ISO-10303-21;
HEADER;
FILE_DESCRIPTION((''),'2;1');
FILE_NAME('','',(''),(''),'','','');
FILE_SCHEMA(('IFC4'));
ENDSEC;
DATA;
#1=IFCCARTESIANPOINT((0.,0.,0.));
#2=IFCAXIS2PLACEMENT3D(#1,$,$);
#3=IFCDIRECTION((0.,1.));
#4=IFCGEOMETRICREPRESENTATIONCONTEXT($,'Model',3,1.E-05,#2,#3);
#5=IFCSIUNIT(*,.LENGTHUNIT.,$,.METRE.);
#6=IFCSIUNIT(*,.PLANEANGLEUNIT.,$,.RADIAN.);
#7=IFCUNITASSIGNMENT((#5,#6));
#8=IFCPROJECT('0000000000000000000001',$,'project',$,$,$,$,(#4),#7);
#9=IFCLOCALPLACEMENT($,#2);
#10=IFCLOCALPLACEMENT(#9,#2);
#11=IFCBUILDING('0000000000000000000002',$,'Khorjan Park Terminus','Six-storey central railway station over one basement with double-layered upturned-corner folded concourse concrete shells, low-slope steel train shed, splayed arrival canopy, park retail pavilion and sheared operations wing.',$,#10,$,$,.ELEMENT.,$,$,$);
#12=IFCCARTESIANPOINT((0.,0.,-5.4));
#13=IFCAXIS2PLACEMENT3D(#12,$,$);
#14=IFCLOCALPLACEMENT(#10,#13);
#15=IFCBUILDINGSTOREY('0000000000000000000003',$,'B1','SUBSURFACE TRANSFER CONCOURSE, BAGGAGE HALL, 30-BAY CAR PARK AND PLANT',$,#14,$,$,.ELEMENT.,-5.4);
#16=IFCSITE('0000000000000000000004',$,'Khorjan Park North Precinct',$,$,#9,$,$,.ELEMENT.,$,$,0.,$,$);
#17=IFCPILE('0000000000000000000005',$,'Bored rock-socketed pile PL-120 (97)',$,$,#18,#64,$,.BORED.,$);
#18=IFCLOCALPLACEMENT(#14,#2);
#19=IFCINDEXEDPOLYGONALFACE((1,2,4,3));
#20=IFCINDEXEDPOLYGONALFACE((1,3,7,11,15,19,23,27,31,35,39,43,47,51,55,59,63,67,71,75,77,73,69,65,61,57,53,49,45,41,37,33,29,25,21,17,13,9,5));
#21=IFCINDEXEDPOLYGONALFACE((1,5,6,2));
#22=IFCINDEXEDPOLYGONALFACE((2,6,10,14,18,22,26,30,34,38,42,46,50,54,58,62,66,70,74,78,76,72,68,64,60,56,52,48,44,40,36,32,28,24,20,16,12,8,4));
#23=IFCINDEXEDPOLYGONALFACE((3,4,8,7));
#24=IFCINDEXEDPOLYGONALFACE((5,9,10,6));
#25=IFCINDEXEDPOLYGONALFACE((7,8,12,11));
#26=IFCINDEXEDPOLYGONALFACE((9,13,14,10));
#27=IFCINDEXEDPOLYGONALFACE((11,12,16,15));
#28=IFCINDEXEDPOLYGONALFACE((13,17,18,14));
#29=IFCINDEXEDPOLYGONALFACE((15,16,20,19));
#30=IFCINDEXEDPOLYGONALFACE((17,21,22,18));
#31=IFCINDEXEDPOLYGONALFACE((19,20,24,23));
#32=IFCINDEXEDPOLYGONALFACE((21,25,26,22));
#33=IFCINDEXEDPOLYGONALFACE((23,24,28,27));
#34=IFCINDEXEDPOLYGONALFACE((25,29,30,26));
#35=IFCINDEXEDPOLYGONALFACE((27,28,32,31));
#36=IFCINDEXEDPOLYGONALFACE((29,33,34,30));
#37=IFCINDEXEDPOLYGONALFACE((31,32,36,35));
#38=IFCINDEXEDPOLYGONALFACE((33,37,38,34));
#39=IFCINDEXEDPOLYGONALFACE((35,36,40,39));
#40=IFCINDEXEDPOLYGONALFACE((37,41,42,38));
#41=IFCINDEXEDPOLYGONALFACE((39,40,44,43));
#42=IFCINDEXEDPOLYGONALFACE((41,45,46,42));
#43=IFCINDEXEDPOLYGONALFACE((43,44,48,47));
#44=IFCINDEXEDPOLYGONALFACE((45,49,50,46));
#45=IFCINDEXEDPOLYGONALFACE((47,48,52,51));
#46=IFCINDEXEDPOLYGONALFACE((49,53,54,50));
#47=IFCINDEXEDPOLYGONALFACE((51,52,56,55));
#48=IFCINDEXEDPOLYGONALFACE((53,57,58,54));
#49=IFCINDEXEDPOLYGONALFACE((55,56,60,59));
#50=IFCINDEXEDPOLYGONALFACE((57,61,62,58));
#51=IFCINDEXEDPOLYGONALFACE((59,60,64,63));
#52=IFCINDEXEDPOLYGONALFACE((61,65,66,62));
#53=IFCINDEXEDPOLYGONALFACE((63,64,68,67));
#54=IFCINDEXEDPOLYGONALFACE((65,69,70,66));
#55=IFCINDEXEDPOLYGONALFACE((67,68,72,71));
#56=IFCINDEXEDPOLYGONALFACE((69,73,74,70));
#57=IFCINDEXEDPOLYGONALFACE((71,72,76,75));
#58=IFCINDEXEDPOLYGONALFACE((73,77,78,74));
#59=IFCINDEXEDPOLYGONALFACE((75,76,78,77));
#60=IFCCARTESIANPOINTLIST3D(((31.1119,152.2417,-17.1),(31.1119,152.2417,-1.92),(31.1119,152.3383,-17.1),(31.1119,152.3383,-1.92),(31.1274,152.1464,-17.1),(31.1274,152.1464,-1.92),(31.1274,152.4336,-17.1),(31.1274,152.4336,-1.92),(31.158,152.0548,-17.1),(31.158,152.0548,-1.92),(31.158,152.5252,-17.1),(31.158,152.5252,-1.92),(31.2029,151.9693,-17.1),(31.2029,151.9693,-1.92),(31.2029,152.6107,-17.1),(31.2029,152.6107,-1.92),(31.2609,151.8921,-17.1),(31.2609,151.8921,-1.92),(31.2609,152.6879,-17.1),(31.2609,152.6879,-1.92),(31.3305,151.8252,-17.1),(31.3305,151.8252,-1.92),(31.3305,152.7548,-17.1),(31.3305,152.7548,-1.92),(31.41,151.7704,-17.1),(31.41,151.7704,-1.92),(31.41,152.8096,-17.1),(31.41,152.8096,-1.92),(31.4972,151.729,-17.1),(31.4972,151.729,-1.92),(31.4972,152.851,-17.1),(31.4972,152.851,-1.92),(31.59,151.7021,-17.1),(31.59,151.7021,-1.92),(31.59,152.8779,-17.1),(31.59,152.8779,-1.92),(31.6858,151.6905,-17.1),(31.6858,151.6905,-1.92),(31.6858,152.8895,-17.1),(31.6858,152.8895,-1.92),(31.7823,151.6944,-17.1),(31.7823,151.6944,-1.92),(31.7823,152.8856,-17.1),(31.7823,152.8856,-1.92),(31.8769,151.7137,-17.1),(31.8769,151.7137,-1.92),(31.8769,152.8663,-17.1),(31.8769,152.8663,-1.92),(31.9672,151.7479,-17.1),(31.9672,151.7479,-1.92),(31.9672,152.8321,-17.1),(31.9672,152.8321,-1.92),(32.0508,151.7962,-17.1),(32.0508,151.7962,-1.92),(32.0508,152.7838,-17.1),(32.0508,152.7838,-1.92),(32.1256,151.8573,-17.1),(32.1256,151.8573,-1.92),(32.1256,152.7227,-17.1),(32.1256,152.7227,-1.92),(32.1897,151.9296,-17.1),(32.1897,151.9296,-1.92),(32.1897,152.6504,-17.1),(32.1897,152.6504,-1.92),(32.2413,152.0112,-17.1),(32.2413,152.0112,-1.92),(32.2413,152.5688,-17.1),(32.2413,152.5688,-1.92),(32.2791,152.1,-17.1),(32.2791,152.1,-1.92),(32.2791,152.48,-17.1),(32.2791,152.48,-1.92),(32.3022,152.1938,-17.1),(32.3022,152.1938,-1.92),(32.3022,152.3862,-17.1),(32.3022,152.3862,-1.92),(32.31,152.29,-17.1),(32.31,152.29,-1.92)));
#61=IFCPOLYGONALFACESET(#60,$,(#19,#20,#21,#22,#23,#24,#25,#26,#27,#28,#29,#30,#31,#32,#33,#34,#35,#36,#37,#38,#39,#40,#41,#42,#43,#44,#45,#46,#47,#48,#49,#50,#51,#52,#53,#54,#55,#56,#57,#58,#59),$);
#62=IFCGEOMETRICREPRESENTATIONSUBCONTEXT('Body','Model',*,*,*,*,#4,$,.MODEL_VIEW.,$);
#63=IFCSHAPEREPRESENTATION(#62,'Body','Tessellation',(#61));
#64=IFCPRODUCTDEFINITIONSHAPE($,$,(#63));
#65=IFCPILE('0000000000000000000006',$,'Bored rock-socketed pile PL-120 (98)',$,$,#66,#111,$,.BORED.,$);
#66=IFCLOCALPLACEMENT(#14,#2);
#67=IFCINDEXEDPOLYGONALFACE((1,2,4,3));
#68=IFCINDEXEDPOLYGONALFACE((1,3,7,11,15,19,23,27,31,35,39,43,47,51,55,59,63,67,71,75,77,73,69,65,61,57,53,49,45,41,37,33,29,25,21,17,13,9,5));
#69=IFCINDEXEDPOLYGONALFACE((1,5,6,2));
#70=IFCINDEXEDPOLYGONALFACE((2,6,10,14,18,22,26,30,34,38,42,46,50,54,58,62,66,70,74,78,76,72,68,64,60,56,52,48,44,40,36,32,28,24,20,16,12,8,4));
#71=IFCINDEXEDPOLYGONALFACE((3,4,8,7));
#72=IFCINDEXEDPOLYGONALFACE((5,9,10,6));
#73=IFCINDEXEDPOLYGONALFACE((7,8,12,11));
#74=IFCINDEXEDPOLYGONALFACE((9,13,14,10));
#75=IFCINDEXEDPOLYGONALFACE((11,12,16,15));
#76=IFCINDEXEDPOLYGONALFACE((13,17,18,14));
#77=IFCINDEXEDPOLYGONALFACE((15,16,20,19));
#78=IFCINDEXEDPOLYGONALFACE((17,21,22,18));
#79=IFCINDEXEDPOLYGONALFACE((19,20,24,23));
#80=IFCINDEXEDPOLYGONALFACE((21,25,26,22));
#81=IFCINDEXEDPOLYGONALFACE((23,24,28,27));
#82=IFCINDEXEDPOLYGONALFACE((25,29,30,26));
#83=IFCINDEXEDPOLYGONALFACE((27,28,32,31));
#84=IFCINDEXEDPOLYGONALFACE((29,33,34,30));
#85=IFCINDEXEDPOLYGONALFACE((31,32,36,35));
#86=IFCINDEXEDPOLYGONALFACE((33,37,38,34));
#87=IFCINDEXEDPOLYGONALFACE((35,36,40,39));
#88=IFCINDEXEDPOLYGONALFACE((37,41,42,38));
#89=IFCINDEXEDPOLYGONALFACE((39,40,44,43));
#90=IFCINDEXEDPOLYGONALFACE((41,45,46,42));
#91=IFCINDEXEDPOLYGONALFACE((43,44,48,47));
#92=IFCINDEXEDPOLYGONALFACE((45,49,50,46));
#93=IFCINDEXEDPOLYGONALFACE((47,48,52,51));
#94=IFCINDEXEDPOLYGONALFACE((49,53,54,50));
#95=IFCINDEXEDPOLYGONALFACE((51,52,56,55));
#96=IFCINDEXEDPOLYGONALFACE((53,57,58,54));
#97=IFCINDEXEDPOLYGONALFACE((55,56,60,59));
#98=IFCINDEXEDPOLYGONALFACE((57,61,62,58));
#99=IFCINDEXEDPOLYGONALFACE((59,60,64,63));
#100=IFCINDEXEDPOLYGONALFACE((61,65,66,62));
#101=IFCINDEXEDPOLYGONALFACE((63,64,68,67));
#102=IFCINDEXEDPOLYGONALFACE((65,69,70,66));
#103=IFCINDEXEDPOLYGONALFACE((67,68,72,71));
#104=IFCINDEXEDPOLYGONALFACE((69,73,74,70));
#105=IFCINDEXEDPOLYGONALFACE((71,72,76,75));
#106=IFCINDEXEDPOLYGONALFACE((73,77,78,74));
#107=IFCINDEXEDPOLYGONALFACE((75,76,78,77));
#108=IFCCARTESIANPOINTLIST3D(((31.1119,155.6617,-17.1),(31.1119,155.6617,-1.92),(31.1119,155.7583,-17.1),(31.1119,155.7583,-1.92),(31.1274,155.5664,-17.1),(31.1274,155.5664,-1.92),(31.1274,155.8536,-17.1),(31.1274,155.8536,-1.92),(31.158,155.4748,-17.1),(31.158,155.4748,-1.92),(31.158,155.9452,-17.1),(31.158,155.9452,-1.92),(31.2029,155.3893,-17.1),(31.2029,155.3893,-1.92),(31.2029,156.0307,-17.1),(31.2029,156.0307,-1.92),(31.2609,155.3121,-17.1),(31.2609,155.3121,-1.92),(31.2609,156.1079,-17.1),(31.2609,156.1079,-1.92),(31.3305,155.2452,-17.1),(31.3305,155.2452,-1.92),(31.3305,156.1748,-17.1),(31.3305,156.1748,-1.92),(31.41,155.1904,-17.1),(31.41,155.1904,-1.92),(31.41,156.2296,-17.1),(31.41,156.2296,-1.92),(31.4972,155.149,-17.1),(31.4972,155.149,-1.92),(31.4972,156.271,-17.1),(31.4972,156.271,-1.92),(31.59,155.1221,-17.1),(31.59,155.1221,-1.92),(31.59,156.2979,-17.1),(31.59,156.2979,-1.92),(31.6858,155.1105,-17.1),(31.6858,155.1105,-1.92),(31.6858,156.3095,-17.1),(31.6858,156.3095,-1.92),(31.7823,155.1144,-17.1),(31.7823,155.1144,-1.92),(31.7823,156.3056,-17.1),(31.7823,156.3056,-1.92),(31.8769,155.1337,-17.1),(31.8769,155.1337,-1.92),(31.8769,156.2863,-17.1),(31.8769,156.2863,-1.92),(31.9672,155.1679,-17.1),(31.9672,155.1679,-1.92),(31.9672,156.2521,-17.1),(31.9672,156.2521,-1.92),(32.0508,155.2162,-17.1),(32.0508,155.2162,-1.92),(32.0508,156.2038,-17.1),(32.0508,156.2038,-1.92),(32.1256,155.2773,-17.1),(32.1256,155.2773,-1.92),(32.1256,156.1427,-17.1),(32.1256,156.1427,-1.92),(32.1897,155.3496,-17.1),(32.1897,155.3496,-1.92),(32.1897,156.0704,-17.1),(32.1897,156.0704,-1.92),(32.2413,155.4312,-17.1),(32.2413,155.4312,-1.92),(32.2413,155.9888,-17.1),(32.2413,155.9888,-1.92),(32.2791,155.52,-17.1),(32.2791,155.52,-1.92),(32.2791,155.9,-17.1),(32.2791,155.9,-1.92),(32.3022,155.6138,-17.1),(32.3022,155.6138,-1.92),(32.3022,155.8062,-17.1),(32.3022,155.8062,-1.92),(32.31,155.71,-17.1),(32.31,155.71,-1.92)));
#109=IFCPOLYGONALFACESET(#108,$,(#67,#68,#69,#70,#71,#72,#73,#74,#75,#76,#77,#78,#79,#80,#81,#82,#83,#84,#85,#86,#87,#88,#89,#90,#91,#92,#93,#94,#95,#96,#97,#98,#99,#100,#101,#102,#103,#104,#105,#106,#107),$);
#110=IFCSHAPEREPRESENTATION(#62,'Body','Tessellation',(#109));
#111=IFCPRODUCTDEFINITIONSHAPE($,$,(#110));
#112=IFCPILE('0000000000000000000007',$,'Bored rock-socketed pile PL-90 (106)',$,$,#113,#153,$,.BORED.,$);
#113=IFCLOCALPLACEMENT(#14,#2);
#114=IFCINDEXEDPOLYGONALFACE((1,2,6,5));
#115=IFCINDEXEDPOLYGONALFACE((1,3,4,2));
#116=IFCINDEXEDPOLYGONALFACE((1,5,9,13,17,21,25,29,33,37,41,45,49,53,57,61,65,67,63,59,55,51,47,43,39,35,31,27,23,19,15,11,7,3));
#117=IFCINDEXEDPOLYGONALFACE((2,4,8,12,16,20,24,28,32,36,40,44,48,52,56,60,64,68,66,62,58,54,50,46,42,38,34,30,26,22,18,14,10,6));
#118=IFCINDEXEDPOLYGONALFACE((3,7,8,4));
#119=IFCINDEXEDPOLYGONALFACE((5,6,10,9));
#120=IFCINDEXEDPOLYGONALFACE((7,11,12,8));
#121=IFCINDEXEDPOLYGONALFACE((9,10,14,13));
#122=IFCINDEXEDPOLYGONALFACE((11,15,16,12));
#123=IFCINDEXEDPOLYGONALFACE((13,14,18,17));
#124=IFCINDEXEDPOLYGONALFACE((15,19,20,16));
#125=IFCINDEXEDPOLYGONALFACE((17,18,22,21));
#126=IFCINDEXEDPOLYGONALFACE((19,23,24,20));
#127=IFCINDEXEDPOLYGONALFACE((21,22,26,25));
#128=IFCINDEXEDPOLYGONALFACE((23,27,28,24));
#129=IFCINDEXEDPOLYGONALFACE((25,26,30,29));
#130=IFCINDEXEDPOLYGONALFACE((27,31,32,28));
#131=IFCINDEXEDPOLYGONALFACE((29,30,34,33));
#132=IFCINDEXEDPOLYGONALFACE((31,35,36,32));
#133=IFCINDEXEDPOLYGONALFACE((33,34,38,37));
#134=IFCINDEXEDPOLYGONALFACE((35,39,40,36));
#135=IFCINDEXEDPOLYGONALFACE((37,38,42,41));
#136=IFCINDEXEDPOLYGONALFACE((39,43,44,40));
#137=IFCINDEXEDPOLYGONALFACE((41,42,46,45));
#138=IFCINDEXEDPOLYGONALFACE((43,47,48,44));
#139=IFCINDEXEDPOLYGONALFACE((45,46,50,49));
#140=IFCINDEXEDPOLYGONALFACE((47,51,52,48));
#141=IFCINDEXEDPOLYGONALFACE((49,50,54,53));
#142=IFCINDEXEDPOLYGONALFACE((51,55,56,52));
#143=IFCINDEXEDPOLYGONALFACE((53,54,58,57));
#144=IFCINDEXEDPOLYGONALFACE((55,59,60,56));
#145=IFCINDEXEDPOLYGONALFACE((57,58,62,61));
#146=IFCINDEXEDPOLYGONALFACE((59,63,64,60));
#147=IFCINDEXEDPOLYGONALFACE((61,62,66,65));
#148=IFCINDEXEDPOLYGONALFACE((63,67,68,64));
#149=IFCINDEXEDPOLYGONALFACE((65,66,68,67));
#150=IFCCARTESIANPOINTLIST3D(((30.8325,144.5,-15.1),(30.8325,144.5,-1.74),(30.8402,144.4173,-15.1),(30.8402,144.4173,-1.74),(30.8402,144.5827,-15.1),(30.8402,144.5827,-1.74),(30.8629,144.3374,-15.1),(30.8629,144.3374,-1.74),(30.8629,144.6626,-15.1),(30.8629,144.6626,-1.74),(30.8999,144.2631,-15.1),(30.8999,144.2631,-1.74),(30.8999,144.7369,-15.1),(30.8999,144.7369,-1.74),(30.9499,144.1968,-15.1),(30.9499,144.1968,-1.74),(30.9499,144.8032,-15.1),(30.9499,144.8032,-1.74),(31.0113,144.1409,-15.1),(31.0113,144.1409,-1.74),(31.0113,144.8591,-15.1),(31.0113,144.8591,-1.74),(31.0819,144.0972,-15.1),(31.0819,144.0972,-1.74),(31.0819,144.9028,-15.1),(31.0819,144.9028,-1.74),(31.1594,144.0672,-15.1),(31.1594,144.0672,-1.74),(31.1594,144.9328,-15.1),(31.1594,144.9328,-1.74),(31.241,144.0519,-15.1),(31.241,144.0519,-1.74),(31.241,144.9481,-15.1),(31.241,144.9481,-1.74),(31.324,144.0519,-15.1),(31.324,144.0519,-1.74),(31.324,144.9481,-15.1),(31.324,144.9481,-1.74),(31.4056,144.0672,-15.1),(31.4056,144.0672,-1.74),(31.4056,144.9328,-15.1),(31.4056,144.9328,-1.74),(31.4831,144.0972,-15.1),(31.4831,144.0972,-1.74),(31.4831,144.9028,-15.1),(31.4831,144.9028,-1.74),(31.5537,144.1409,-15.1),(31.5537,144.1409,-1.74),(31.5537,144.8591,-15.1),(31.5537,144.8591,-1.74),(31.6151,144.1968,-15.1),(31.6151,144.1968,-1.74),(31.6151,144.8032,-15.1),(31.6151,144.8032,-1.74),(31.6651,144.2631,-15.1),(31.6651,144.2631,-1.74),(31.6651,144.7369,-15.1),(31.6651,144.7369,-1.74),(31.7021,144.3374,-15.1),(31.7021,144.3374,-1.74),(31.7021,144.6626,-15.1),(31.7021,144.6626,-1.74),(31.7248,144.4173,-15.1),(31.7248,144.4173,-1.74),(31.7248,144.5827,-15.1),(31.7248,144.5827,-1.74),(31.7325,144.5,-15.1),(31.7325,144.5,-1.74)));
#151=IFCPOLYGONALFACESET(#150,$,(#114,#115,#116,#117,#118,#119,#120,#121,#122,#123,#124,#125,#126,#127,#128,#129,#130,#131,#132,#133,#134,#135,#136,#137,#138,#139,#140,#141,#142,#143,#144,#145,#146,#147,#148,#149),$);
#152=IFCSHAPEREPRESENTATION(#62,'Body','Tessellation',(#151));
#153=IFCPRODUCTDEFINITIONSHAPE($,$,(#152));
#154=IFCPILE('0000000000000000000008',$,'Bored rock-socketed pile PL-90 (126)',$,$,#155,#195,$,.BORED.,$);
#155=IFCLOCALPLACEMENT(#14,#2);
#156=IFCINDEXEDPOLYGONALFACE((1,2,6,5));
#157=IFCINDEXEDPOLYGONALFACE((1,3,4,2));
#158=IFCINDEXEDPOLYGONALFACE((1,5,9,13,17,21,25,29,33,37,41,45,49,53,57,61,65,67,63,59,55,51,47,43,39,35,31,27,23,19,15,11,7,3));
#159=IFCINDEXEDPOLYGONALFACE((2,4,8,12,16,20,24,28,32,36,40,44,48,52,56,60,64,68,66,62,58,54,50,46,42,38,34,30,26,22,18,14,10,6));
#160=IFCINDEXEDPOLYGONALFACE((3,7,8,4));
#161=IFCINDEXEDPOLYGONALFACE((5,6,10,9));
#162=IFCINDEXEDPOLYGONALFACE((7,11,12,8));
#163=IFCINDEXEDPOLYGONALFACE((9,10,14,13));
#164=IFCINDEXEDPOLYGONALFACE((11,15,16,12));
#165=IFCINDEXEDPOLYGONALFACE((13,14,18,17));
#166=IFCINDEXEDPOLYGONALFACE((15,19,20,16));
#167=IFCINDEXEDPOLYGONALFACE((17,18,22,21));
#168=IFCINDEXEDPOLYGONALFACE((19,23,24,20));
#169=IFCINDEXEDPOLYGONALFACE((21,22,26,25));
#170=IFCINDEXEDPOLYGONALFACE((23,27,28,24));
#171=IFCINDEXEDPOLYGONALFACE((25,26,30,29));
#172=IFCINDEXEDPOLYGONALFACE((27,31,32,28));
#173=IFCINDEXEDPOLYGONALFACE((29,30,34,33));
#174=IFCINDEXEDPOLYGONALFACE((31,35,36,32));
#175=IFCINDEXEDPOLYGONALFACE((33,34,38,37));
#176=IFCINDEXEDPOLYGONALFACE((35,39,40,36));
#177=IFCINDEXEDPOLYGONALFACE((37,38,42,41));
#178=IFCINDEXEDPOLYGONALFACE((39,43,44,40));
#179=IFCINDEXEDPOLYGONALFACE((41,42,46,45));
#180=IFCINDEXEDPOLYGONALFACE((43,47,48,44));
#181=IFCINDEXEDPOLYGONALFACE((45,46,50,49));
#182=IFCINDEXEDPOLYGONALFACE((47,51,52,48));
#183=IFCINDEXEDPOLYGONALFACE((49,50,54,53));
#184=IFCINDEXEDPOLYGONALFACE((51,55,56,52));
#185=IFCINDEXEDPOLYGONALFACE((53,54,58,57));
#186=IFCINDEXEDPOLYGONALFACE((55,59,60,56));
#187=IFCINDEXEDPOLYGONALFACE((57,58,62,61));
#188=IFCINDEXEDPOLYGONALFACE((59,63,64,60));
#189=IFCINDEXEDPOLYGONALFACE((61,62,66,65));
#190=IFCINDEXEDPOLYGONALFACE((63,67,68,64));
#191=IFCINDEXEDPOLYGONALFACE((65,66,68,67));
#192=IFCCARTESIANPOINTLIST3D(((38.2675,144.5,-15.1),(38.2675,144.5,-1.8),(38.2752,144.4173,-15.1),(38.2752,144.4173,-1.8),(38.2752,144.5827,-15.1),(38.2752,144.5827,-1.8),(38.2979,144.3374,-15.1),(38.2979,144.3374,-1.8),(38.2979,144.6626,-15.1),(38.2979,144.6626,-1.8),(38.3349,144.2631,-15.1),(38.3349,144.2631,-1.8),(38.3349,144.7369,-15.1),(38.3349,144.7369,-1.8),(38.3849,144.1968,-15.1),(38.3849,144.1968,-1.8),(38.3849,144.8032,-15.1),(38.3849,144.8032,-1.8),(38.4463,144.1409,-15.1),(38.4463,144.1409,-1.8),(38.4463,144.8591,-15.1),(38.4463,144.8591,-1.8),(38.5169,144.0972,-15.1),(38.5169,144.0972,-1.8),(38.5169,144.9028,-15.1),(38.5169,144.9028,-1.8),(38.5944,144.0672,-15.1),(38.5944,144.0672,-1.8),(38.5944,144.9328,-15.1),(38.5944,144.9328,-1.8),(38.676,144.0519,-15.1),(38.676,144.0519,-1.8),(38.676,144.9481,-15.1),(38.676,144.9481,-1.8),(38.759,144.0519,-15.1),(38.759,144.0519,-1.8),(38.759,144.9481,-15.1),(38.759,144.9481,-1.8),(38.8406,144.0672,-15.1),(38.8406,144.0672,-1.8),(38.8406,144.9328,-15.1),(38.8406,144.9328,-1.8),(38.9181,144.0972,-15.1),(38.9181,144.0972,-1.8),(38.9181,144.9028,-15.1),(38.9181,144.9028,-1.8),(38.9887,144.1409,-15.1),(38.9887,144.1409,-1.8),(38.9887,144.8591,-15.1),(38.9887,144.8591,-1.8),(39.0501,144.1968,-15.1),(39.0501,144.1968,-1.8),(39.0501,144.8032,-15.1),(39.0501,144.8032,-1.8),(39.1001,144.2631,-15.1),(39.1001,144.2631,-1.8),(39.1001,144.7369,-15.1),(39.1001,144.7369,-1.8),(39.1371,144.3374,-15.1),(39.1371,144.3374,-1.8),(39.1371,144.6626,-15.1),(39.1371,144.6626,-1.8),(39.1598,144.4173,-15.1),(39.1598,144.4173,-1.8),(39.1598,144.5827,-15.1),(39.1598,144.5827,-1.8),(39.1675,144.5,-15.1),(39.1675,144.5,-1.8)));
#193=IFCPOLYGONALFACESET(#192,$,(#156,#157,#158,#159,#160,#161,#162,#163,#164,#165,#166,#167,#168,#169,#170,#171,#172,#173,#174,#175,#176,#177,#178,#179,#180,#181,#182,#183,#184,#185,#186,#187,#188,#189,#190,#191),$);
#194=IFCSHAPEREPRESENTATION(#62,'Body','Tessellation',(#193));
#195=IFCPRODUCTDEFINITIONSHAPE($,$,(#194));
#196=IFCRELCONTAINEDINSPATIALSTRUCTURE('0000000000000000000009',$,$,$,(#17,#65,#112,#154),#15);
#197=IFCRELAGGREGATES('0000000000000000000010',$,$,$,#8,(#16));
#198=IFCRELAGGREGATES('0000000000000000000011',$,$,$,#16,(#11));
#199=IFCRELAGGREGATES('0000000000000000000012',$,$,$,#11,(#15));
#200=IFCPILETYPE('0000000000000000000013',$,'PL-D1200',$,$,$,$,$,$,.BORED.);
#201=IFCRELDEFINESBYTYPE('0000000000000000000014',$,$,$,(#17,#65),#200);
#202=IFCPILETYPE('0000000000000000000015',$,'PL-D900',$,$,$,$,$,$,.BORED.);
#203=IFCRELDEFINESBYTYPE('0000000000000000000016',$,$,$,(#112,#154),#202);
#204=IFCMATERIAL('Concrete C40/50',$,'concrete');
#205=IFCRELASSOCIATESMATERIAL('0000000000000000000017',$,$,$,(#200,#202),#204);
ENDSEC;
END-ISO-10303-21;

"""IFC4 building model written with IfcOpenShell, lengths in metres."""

from ifc_helpers import new_model, si_unit, direction, frame, origin, origin_2d, place, context, subcontext, project, spatial, circle, extrude, material, material_profile, profile_set, type_object, element, save


model = new_model("IFC4")

# Units and contexts
model_context = context("Model", 3, precision=1e-05, world=origin(), true_north=direction((0.0, 1.0)))
body_context = subcontext(model_context, "Body", "Model", "MODEL_VIEW")
ifc_project = project(units=[si_unit("LENGTHUNIT", "METRE"), si_unit("PLANEANGLEUNIT", "RADIAN")], contexts=[model_context])

# Site, building, storey
site_placement = place(None, origin())
site = spatial("IfcSite", under=ifc_project, at=site_placement, Name="Khorjan Park North Precinct", CompositionType="ELEMENT", RefElevation=0.0)
building_placement = place(site_placement, origin())
building = spatial("IfcBuilding", under=site, at=building_placement, Name="Khorjan Park Terminus", Description="Six-storey central railway station over one basement with double-layered upturned-corner folded concourse concrete shells, low-slope steel train shed, splayed arrival canopy, park retail pavilion and sheared operations wing.", CompositionType="ELEMENT")
storey_placement = place(building_placement, frame((0.0, 0.0, -5.4)))
storey = spatial("IfcBuildingStorey", under=building, at=storey_placement, Name="B1", Description="SUBSURFACE TRANSFER CONCOURSE, BAGGAGE HALL, 30-BAY CAR PARK AND PLANT", CompositionType="ELEMENT", Elevation=-5.4)

# Shared definitions
ifc_material_1 = material(Name="Concrete C40/50", Category="concrete")

# Piles
ifc_material_profile_1 = material_profile(ifc_material_1, circle(Radius=0.6, at=origin_2d()), Name="BORED D1200")
ifc_profile_set_1 = profile_set([ifc_material_profile_1], Name="Concrete C40/50")
pile_type_1 = type_object("IfcPileType", Name="PL-D1200", PredefinedType="BORED", material=ifc_profile_set_1)
for number, where, z_axis, x_axis, name in (
    (1, (31.71, 152.29, -1.92), (0.0, 0.0, -1.0), (1.0, 0.0, 0.0), "Bored rock-socketed pile PL-120 (97)"),
    (2, (31.71, 155.71, -1.92), (0.0, 0.0, -1.0), (1.0, 0.0, 0.0), "Bored rock-socketed pile PL-120 (98)"),
):
    element("IfcPile", number, at=place(storey_placement, frame(where, z_axis=z_axis, x_axis=x_axis)), inside=storey, type_object=pile_type_1, Name=name, PredefinedType="BORED", context=body_context, shape_type="SweptSolid", body=[
        extrude(circle(Radius=0.6, at=origin_2d()), origin(), (0.0, 0.0, 1.0), 15.18),
    ])
ifc_material_profile_2 = material_profile(ifc_material_1, circle(Radius=0.45, at=origin_2d()), Name="BORED D900")
ifc_profile_set_2 = profile_set([ifc_material_profile_2], Name="Concrete C40/50")
pile_type_2 = type_object("IfcPileType", Name="PL-D900", PredefinedType="BORED", material=ifc_profile_set_2)
pile_1_placement = place(storey_placement, frame((31.2825, 144.5, -1.74), z_axis=(0.0, 0.0, -1.0), x_axis=(1.0, 0.0, 0.0)))
element("IfcPile", 3, at=pile_1_placement, inside=storey, type_object=pile_type_2, Name="Bored rock-socketed pile PL-90 (106)", PredefinedType="BORED", context=body_context, shape_type="SweptSolid", body=[
    extrude(circle(Radius=0.45, at=origin_2d()), origin(), (0.0, 0.0, 1.0), 13.36),
])
for number, where, z_axis, x_axis, name in (
    (4, (38.7175, 144.5, -1.8), (0.0, 0.0, -1.0), (1.0, 0.0, 0.0), "Bored rock-socketed pile PL-90 (126)"),
):
    element("IfcPile", number, at=place(storey_placement, frame(where, z_axis=z_axis, x_axis=x_axis)), inside=storey, type_object=pile_type_2, Name=name, PredefinedType="BORED", context=body_context, shape_type="SweptSolid", body=[
        extrude(circle(Radius=0.45, at=origin_2d()), origin(), (0.0, 0.0, 1.0), 13.3),
    ])

save(model, "model.ifc")
